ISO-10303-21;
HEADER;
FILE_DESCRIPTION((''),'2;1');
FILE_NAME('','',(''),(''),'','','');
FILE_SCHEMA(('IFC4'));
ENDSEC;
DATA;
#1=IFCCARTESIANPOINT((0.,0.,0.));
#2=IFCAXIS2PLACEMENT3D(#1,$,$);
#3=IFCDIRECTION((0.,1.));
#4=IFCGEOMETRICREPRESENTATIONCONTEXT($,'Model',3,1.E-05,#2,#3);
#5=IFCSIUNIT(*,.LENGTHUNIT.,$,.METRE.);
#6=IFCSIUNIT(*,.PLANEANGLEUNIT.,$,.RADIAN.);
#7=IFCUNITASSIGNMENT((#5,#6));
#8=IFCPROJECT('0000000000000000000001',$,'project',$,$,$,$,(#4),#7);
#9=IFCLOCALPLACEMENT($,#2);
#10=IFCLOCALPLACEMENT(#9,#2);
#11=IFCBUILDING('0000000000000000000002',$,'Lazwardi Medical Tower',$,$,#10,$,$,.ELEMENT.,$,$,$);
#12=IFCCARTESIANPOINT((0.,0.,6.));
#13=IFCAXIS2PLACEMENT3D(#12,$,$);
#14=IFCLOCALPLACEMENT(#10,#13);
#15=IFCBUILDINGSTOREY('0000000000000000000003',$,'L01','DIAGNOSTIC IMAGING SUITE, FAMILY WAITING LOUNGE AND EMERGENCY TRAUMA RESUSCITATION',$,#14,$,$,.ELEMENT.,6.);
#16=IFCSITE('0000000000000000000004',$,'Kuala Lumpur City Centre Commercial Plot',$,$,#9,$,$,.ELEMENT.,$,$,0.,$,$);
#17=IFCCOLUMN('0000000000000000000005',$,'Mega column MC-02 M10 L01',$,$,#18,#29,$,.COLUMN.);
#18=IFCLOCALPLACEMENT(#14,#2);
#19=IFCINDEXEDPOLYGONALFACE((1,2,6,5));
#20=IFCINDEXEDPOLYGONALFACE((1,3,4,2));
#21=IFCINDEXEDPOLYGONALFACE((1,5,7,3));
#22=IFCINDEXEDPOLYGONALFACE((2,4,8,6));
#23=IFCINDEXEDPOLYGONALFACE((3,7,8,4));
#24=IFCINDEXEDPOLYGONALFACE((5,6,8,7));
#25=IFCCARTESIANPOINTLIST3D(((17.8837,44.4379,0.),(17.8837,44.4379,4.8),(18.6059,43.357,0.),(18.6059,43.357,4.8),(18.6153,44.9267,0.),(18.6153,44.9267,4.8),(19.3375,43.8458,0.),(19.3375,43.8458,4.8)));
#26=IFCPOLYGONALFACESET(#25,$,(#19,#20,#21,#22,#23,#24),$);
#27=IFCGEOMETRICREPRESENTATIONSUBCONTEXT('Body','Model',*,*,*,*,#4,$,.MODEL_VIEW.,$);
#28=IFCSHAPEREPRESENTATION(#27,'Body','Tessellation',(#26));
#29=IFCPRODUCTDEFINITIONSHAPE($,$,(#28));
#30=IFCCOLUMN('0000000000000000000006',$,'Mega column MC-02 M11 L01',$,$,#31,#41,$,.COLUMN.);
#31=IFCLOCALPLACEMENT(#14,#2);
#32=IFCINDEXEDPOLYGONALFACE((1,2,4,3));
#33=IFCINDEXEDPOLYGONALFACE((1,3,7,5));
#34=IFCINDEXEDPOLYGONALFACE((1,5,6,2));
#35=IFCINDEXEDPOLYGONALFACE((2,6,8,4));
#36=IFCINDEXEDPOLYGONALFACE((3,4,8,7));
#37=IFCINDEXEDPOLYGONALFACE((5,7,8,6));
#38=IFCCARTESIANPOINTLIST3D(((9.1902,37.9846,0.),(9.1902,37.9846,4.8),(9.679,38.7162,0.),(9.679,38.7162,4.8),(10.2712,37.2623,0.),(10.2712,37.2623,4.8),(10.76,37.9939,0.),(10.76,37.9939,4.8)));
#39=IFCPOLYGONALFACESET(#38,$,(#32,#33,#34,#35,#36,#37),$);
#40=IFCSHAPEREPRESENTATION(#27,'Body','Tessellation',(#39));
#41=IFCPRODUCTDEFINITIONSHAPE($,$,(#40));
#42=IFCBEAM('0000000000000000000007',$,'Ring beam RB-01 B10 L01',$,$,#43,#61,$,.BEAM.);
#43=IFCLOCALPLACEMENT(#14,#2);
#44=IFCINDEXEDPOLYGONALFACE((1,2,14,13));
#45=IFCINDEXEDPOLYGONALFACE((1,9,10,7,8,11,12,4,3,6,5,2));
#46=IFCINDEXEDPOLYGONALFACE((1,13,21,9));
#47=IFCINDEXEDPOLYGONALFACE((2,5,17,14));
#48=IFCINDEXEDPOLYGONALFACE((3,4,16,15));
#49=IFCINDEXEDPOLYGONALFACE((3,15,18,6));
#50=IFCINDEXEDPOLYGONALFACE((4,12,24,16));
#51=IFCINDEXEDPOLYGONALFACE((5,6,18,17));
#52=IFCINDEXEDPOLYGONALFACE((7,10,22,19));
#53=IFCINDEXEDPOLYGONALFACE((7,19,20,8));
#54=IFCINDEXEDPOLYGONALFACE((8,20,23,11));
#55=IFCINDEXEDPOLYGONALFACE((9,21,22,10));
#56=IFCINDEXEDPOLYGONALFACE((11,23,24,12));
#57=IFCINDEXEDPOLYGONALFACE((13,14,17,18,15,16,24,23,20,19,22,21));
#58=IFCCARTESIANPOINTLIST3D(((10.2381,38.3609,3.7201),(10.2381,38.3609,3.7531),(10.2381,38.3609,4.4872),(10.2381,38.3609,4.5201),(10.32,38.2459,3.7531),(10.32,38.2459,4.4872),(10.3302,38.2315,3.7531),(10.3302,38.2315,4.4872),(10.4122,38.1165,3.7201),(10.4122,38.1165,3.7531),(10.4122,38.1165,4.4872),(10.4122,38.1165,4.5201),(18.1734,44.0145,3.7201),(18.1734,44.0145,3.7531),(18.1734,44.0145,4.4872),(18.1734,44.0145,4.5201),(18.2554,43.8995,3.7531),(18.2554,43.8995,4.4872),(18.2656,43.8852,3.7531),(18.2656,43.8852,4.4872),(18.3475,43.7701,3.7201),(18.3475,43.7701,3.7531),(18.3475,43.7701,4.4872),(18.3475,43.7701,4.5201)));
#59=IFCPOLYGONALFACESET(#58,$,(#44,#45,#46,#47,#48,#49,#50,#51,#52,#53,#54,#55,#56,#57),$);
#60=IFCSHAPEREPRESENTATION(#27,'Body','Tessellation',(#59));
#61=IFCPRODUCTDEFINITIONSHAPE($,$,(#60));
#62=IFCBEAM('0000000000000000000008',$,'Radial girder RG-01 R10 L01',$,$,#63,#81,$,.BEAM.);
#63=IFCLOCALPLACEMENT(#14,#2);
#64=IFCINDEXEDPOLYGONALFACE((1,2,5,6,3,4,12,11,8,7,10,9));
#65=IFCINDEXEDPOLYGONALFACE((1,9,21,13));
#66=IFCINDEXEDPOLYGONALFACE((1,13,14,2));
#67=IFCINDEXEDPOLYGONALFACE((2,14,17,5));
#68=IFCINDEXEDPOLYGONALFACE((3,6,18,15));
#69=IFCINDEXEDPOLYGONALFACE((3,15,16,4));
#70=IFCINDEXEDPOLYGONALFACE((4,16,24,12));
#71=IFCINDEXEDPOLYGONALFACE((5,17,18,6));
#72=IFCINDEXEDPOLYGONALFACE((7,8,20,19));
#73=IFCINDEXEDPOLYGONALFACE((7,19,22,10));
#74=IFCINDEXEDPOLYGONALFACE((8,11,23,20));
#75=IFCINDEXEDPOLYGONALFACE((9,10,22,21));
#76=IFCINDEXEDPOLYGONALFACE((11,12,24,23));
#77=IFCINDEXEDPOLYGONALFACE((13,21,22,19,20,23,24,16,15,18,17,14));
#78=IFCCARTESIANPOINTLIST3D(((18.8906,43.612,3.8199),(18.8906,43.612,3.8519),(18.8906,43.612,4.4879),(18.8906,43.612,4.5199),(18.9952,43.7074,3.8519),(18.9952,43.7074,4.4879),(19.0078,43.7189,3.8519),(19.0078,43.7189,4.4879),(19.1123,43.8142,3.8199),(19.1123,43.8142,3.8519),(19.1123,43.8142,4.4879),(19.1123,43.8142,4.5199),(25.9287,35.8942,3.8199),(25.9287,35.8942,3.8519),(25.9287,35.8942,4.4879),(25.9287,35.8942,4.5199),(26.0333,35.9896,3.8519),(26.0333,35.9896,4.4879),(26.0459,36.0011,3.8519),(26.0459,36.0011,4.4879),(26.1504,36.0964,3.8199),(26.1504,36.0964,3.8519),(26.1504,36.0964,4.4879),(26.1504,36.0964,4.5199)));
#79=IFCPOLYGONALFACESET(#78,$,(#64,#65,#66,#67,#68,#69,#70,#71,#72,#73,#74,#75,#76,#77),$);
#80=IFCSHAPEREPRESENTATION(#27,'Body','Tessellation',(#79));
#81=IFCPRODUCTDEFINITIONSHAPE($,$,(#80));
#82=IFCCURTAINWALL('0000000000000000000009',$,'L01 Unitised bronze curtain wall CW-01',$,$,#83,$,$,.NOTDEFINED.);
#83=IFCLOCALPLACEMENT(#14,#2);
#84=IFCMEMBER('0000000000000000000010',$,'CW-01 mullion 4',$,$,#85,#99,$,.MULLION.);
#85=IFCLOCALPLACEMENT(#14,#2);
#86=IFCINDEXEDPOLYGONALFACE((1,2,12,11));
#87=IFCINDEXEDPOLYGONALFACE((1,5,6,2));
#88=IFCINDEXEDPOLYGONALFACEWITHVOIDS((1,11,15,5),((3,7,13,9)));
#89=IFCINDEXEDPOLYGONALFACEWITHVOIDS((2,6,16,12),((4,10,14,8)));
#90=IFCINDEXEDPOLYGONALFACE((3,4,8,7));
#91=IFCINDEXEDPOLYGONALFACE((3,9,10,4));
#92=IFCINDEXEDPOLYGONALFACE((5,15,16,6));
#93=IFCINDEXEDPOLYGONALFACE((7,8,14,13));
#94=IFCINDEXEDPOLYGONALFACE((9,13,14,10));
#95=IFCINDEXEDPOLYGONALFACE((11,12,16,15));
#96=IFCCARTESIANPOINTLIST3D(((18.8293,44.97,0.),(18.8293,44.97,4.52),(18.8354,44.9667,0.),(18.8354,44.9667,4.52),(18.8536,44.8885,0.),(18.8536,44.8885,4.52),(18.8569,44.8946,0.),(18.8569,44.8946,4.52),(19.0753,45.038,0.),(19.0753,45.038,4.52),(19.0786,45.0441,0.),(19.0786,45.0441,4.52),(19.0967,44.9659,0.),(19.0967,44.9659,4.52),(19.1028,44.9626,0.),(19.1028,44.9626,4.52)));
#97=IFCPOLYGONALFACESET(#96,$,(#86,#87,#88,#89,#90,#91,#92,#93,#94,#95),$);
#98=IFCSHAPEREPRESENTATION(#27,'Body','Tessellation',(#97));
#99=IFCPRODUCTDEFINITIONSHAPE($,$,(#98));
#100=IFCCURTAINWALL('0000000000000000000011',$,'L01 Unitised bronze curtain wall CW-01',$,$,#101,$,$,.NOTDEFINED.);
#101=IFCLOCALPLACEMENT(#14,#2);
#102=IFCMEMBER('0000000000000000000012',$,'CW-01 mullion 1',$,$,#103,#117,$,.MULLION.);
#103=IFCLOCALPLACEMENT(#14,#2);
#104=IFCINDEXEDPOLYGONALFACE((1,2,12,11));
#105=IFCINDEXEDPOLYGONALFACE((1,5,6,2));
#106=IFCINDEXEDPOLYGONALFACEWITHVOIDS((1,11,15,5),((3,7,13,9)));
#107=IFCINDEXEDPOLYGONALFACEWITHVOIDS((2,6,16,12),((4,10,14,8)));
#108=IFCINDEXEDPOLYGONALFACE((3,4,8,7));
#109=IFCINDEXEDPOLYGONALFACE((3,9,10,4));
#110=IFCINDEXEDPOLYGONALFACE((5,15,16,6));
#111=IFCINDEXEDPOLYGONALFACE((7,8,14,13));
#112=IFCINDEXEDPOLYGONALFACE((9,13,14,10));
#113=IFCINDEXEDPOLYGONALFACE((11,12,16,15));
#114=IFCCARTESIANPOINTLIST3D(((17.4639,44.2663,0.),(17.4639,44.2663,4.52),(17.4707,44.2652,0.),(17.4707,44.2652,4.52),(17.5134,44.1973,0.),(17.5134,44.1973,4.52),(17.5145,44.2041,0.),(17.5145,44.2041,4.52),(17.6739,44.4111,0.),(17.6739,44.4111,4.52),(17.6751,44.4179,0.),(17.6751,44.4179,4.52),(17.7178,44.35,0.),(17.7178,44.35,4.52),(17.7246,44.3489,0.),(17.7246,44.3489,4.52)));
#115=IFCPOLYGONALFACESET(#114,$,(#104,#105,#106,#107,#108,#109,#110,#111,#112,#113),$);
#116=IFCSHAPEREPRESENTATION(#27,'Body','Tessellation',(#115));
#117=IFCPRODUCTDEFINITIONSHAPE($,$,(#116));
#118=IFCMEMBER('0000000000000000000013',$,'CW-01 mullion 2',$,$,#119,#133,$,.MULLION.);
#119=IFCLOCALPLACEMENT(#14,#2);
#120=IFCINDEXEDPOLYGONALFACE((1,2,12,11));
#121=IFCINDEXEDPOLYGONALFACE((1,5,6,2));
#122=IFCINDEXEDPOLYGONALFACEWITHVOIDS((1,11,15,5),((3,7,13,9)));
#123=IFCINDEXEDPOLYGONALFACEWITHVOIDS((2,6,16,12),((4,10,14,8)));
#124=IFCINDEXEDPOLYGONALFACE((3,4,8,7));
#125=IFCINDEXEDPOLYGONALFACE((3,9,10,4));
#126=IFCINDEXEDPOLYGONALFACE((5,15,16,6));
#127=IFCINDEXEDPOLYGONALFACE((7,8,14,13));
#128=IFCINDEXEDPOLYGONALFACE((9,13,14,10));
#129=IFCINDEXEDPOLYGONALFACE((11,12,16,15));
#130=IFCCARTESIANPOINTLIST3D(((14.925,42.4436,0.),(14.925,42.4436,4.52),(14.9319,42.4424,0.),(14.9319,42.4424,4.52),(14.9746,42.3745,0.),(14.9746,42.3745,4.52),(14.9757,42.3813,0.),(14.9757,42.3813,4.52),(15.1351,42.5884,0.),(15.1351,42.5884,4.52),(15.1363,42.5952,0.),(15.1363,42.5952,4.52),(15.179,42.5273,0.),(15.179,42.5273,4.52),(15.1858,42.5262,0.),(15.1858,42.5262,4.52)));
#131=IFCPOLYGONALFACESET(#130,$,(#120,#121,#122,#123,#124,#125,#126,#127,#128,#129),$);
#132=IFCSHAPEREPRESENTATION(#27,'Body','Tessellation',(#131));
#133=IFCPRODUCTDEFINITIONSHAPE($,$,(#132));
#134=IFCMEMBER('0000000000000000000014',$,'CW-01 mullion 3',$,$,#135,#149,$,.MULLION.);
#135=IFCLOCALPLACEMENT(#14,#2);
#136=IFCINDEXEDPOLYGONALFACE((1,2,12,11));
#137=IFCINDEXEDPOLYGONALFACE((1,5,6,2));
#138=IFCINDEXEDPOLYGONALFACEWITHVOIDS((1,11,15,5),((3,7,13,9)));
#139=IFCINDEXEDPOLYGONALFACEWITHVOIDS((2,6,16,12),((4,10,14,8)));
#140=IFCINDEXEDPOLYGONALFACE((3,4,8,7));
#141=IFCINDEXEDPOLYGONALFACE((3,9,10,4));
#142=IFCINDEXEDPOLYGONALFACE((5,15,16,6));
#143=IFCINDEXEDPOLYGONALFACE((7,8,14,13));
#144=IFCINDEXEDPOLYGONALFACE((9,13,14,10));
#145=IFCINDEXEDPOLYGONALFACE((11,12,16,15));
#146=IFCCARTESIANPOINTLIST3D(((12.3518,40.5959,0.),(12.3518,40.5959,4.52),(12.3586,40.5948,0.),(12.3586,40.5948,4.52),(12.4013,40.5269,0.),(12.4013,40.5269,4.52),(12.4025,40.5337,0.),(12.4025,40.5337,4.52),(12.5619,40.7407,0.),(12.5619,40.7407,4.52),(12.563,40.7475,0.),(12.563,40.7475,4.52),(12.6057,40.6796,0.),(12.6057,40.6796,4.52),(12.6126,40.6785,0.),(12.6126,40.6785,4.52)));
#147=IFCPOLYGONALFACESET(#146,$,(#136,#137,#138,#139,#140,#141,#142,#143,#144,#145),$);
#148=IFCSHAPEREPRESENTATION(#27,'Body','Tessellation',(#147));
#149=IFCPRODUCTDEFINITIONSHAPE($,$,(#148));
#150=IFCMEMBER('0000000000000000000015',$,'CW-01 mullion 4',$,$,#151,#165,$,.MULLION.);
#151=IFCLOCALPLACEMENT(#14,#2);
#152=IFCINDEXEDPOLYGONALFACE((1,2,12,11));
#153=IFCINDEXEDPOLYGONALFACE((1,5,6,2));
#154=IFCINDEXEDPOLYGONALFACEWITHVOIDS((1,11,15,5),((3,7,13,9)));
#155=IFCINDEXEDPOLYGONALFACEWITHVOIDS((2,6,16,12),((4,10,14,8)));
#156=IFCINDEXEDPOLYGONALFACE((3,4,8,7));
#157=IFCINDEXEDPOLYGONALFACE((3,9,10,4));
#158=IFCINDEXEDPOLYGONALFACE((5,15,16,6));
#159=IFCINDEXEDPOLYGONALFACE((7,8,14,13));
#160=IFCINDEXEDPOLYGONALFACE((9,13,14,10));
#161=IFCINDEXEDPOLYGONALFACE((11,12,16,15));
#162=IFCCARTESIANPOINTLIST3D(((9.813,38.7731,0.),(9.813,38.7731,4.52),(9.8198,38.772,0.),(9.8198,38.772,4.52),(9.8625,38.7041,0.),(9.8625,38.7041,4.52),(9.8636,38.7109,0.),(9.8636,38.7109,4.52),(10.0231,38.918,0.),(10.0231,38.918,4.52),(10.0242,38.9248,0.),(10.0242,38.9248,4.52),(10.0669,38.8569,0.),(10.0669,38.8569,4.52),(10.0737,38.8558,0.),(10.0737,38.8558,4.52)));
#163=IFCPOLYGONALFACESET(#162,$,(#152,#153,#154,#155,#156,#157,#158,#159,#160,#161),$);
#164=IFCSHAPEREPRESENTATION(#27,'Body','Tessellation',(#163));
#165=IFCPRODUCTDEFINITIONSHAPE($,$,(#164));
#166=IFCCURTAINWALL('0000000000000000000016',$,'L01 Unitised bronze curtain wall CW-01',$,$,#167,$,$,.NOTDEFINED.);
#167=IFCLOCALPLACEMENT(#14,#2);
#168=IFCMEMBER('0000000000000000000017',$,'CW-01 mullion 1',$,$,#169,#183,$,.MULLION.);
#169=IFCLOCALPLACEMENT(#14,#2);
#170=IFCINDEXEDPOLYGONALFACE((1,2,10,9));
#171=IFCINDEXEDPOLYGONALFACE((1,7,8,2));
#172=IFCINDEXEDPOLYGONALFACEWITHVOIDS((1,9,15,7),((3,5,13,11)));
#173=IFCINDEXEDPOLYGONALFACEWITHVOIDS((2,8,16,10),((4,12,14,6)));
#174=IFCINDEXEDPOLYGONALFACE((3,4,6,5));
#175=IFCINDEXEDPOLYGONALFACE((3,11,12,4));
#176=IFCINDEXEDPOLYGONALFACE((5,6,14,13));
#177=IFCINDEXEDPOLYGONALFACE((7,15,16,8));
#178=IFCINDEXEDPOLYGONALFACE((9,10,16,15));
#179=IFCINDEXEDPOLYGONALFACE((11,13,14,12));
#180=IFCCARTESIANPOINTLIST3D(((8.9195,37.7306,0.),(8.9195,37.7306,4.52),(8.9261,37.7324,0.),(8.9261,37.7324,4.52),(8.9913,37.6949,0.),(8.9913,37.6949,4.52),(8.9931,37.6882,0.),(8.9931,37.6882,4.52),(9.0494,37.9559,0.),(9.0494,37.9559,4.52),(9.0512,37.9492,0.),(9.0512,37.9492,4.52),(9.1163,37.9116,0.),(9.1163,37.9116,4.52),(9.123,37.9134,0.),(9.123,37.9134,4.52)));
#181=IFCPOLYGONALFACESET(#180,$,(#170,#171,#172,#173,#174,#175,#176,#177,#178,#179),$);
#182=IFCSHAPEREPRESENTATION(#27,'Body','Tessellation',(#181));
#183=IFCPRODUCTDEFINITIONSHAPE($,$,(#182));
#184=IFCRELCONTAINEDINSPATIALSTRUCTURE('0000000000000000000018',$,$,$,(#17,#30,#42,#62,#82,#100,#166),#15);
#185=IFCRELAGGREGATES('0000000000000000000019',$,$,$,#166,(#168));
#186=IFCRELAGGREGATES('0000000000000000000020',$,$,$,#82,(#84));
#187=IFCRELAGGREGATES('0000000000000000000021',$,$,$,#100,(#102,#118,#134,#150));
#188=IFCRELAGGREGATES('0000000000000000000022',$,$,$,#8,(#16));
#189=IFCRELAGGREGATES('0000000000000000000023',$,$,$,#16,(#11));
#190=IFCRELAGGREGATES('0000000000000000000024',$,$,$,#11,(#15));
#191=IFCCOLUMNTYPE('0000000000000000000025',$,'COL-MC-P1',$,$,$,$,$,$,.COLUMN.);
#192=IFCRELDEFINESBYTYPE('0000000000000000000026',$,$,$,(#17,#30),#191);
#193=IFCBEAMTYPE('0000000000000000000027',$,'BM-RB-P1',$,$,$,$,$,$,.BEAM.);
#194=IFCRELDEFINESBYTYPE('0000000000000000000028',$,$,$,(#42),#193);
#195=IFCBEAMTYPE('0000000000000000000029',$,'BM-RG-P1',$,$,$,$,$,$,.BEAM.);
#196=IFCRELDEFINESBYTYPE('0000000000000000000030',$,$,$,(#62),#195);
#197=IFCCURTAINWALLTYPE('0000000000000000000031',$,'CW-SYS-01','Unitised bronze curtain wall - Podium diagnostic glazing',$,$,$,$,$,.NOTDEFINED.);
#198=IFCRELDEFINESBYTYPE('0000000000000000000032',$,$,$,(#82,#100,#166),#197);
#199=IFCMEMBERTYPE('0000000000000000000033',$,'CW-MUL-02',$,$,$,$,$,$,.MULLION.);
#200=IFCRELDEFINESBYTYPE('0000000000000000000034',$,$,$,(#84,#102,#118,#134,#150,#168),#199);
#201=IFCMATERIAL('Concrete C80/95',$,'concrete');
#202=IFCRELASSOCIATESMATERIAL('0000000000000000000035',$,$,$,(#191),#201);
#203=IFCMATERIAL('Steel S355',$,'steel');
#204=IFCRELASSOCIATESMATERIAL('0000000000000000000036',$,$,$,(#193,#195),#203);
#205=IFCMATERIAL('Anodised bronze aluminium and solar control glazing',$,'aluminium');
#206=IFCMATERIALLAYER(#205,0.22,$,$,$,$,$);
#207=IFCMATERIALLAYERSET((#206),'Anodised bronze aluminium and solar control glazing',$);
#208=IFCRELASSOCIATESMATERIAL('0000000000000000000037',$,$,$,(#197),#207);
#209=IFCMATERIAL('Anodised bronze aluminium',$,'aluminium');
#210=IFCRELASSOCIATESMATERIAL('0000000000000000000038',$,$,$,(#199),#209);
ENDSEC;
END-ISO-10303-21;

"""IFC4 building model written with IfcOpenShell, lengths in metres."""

from ifc_helpers import new_model, si_unit, direction, frame, origin, origin_2d, place, context, subcontext, project, spatial, rectangle, hollow_rectangle, i_section, extrude, material, layer, layer_set, material_profile, profile_set, type_object, element, aggregate, save


model = new_model("IFC4")

# Units and contexts
model_context = context("Model", 3, precision=1e-05, world=origin(), true_north=direction((0.0, 1.0)))
body_context = subcontext(model_context, "Body", "Model", "MODEL_VIEW")
ifc_project = project(units=[si_unit("LENGTHUNIT", "METRE"), si_unit("PLANEANGLEUNIT", "RADIAN")], contexts=[model_context])

# Site, building, storey
site_placement = place(None, origin())
site = spatial("IfcSite", under=ifc_project, at=site_placement, Name="Kuala Lumpur City Centre Commercial Plot", CompositionType="ELEMENT", RefElevation=0.0)
building_placement = place(site_placement, origin())
building = spatial("IfcBuilding", under=site, at=building_placement, Name="Lazwardi Medical Tower", CompositionType="ELEMENT")
storey_placement = place(building_placement, frame((0.0, 0.0, 6.0)))
storey = spatial("IfcBuildingStorey", under=building, at=storey_placement, Name="L01", Description="DIAGNOSTIC IMAGING SUITE, FAMILY WAITING LOUNGE AND EMERGENCY TRAUMA RESUSCITATION", CompositionType="ELEMENT", Elevation=6.0)

# Columns
ifc_material_1 = material(Name="Concrete C80/95", Category="concrete")
ifc_material_profile_1 = material_profile(ifc_material_1, rectangle(XDim=1.3, YDim=0.8799, at=origin_2d()), Name="CFT-RECT 1300x880")
ifc_profile_set_1 = profile_set([ifc_material_profile_1], Name="Concrete C80/95")
column_type = type_object("IfcColumnType", Name="COL-MC-P1", PredefinedType="COLUMN", material=ifc_profile_set_1)
for number, where, z_axis, x_axis, name in (
    (1, (18.6106, 44.1418, 0.0), (0.0, 0.0, 1.0), (-0.55557, 0.83147, 0.0), "Mega column MC-02 M10 L01"),
    (2, (9.9751, 37.9893, 0.0), (0.0, 0.0, 1.0), (-0.83147, 0.55557, 0.0), "Mega column MC-02 M11 L01"),
):
    element("IfcColumn", number, at=place(storey_placement, frame(where, z_axis=z_axis, x_axis=x_axis)), inside=storey, type_object=column_type, Name=name, PredefinedType="COLUMN", context=body_context, shape_type="SweptSolid", body=[
        extrude(rectangle(XDim=1.3, YDim=0.8799, at=origin_2d()), origin(), (0.0, 0.0, 1.0), 4.8),
    ])

# Beams
ifc_material_2 = material(Name="Steel S355", Category="steel")
ifc_material_profile_2 = material_profile(ifc_material_2, i_section(OverallWidth=0.3, OverallDepth=0.8, WebThickness=0.0176, FlangeThickness=0.033, at=origin_2d()), Name="HEB 800")
ifc_profile_set_2 = profile_set([ifc_material_profile_2], Name="Steel S355")
beam_type_1 = type_object("IfcBeamType", Name="BM-RB-P1", PredefinedType="BEAM", material=ifc_profile_set_2)
beam_1_placement = place(storey_placement, frame((18.2605, 43.8923, 4.1201), z_axis=(-0.814437, -0.580252, 0.0), x_axis=(0.580252, -0.814437, 0.0)))
element("IfcBeam", 3, at=beam_1_placement, inside=storey, type_object=beam_type_1, Name="Ring beam RB-01 B10 L01", PredefinedType="BEAM", context=body_context, shape_type="SweptSolid", body=[
    extrude(i_section(OverallWidth=0.3, OverallDepth=0.8, WebThickness=0.0176, FlangeThickness=0.033, at=origin_2d()), origin(), (0.0, 0.0, 1.0), 9.7434),
])
ifc_material_profile_3 = material_profile(ifc_material_2, i_section(OverallWidth=0.3, OverallDepth=0.7, WebThickness=0.0171, FlangeThickness=0.032, at=origin_2d()), Name="HEB 700")
ifc_profile_set_3 = profile_set([ifc_material_profile_3], Name="Steel S355")
beam_type_2 = type_object("IfcBeamType", Name="BM-RG-P1", PredefinedType="BEAM", material=ifc_profile_set_3)
beam_2_placement = place(storey_placement, frame((19.0015, 43.7131, 4.1699), z_axis=(0.673821, -0.738894, 0.0), x_axis=(0.738894, 0.673821, 0.0)))
element("IfcBeam", 4, at=beam_2_placement, inside=storey, type_object=beam_type_2, Name="Radial girder RG-01 R10 L01", PredefinedType="BEAM", context=body_context, shape_type="SweptSolid", body=[
    extrude(i_section(OverallWidth=0.3, OverallDepth=0.7, WebThickness=0.0171, FlangeThickness=0.032, at=origin_2d()), origin(), (0.0, 0.0, 1.0), 10.4451),
])

# Curtain wall, member
ifc_material_3 = material(Name="Anodised bronze aluminium and solar control glazing", Category="aluminium")
ifc_layer_1 = layer(ifc_material_3, 0.22)
ifc_layer_set_1 = layer_set([ifc_layer_1], Name="Anodised bronze aluminium and solar control glazing")
curtain_wall_type = type_object("IfcCurtainWallType", Name="CW-SYS-01", Description="Unitised bronze curtain wall - Podium diagnostic glazing", PredefinedType="NOTDEFINED", material=ifc_layer_set_1)
curtain_wall_1_placement = place(storey_placement, origin())
curtain_wall_1 = element("IfcCurtainWall", 5, at=curtain_wall_1_placement, inside=storey, type_object=curtain_wall_type, Name="L01 Unitised bronze curtain wall CW-01", PredefinedType="NOTDEFINED")
ifc_material_4 = material(Name="Anodised bronze aluminium", Category="aluminium")
ifc_material_profile_4 = material_profile(ifc_material_4, hollow_rectangle(XDim=0.085, YDim=0.26, WallThickness=0.0049, at=origin_2d()), Name="ALU-MULLION 260x85x5")
ifc_profile_set_4 = profile_set([ifc_material_profile_4], Name="Anodised bronze aluminium")
member_type_1 = type_object("IfcMemberType", Name="CW-MUL-02", PredefinedType="MULLION", material=ifc_profile_set_4)
member_1_placement = place(storey_placement, frame((18.9661, 44.9663, 0.0), z_axis=(0.0, 0.0, 1.0), x_axis=(0.285047, -0.958513, 0.0)))
member_1 = element("IfcMember", 6, at=member_1_placement, type_object=member_type_1, Name="CW-01 mullion 4", PredefinedType="MULLION", context=body_context, shape_type="SweptSolid", body=[
    extrude(hollow_rectangle(XDim=0.085, YDim=0.26, WallThickness=0.0049, at=origin_2d()), origin(), (0.0, 0.0, 1.0), 4.52),
])

# Curtain wall, members
curtain_wall_2_placement = place(storey_placement, origin())
curtain_wall_2 = element("IfcCurtainWall", 7, at=curtain_wall_2_placement, inside=storey, type_object=curtain_wall_type, Name="L01 Unitised bronze curtain wall CW-01", PredefinedType="NOTDEFINED")
member_2_placement = place(storey_placement, frame((17.5942, 44.3076, 0.0), z_axis=(0.0, 0.0, 1.0), x_axis=(0.583214, -0.812318, 0.0)))
member_2 = element("IfcMember", 8, at=member_2_placement, type_object=member_type_1, Name="CW-01 mullion 1", PredefinedType="MULLION", context=body_context, shape_type="SweptSolid", body=[
    extrude(hollow_rectangle(XDim=0.085, YDim=0.26, WallThickness=0.0049, at=origin_2d()), origin(), (0.0, 0.0, 1.0), 4.52),
])
member_3_placement = place(storey_placement, frame((15.0554, 42.4849, 0.0), z_axis=(0.0, 0.0, 1.0), x_axis=(0.583214, -0.812318, 0.0)))
member_3 = element("IfcMember", 9, at=member_3_placement, type_object=member_type_1, Name="CW-01 mullion 2", PredefinedType="MULLION", context=body_context, shape_type="SweptSolid", body=[
    extrude(hollow_rectangle(XDim=0.085, YDim=0.26, WallThickness=0.0049, at=origin_2d()), origin(), (0.0, 0.0, 1.0), 4.52),
])
member_4_placement = place(storey_placement, frame((12.4822, 40.6372, 0.0), z_axis=(0.0, 0.0, 1.0), x_axis=(0.583214, -0.812318, 0.0)))
member_4 = element("IfcMember", 10, at=member_4_placement, type_object=member_type_1, Name="CW-01 mullion 3", PredefinedType="MULLION", context=body_context, shape_type="SweptSolid", body=[
    extrude(hollow_rectangle(XDim=0.085, YDim=0.26, WallThickness=0.0049, at=origin_2d()), origin(), (0.0, 0.0, 1.0), 4.52),
])
member_5_placement = place(storey_placement, frame((9.9434, 38.8145, 0.0), z_axis=(0.0, 0.0, 1.0), x_axis=(0.583214, -0.812318, 0.0)))
member_5 = element("IfcMember", 11, at=member_5_placement, type_object=member_type_1, Name="CW-01 mullion 4", PredefinedType="MULLION", context=body_context, shape_type="SweptSolid", body=[
    extrude(hollow_rectangle(XDim=0.085, YDim=0.26, WallThickness=0.0049, at=origin_2d()), origin(), (0.0, 0.0, 1.0), 4.52),
])

# Curtain wall, member
curtain_wall_3_placement = place(storey_placement, origin())
curtain_wall_3 = element("IfcCurtainWall", 12, at=curtain_wall_3_placement, inside=storey, type_object=curtain_wall_type, Name="L01 Unitised bronze curtain wall CW-01", PredefinedType="NOTDEFINED")
member_6_placement = place(storey_placement, frame((9.0212, 37.822, 0.0), z_axis=(0.0, 0.0, 1.0), x_axis=(0.866181, -0.499731, 0.0)))
member_6 = element("IfcMember", 13, at=member_6_placement, type_object=member_type_1, Name="CW-01 mullion 1", PredefinedType="MULLION", context=body_context, shape_type="SweptSolid", body=[
    extrude(hollow_rectangle(XDim=0.085, YDim=0.26, WallThickness=0.0049, at=origin_2d()), origin(), (0.0, 0.0, 1.0), 4.52),
])

aggregate(curtain_wall_3, [member_6])

aggregate(curtain_wall_1, [member_1])
aggregate(curtain_wall_2, [member_2, member_3, member_4, member_5])

save(model, "model.ifc")
